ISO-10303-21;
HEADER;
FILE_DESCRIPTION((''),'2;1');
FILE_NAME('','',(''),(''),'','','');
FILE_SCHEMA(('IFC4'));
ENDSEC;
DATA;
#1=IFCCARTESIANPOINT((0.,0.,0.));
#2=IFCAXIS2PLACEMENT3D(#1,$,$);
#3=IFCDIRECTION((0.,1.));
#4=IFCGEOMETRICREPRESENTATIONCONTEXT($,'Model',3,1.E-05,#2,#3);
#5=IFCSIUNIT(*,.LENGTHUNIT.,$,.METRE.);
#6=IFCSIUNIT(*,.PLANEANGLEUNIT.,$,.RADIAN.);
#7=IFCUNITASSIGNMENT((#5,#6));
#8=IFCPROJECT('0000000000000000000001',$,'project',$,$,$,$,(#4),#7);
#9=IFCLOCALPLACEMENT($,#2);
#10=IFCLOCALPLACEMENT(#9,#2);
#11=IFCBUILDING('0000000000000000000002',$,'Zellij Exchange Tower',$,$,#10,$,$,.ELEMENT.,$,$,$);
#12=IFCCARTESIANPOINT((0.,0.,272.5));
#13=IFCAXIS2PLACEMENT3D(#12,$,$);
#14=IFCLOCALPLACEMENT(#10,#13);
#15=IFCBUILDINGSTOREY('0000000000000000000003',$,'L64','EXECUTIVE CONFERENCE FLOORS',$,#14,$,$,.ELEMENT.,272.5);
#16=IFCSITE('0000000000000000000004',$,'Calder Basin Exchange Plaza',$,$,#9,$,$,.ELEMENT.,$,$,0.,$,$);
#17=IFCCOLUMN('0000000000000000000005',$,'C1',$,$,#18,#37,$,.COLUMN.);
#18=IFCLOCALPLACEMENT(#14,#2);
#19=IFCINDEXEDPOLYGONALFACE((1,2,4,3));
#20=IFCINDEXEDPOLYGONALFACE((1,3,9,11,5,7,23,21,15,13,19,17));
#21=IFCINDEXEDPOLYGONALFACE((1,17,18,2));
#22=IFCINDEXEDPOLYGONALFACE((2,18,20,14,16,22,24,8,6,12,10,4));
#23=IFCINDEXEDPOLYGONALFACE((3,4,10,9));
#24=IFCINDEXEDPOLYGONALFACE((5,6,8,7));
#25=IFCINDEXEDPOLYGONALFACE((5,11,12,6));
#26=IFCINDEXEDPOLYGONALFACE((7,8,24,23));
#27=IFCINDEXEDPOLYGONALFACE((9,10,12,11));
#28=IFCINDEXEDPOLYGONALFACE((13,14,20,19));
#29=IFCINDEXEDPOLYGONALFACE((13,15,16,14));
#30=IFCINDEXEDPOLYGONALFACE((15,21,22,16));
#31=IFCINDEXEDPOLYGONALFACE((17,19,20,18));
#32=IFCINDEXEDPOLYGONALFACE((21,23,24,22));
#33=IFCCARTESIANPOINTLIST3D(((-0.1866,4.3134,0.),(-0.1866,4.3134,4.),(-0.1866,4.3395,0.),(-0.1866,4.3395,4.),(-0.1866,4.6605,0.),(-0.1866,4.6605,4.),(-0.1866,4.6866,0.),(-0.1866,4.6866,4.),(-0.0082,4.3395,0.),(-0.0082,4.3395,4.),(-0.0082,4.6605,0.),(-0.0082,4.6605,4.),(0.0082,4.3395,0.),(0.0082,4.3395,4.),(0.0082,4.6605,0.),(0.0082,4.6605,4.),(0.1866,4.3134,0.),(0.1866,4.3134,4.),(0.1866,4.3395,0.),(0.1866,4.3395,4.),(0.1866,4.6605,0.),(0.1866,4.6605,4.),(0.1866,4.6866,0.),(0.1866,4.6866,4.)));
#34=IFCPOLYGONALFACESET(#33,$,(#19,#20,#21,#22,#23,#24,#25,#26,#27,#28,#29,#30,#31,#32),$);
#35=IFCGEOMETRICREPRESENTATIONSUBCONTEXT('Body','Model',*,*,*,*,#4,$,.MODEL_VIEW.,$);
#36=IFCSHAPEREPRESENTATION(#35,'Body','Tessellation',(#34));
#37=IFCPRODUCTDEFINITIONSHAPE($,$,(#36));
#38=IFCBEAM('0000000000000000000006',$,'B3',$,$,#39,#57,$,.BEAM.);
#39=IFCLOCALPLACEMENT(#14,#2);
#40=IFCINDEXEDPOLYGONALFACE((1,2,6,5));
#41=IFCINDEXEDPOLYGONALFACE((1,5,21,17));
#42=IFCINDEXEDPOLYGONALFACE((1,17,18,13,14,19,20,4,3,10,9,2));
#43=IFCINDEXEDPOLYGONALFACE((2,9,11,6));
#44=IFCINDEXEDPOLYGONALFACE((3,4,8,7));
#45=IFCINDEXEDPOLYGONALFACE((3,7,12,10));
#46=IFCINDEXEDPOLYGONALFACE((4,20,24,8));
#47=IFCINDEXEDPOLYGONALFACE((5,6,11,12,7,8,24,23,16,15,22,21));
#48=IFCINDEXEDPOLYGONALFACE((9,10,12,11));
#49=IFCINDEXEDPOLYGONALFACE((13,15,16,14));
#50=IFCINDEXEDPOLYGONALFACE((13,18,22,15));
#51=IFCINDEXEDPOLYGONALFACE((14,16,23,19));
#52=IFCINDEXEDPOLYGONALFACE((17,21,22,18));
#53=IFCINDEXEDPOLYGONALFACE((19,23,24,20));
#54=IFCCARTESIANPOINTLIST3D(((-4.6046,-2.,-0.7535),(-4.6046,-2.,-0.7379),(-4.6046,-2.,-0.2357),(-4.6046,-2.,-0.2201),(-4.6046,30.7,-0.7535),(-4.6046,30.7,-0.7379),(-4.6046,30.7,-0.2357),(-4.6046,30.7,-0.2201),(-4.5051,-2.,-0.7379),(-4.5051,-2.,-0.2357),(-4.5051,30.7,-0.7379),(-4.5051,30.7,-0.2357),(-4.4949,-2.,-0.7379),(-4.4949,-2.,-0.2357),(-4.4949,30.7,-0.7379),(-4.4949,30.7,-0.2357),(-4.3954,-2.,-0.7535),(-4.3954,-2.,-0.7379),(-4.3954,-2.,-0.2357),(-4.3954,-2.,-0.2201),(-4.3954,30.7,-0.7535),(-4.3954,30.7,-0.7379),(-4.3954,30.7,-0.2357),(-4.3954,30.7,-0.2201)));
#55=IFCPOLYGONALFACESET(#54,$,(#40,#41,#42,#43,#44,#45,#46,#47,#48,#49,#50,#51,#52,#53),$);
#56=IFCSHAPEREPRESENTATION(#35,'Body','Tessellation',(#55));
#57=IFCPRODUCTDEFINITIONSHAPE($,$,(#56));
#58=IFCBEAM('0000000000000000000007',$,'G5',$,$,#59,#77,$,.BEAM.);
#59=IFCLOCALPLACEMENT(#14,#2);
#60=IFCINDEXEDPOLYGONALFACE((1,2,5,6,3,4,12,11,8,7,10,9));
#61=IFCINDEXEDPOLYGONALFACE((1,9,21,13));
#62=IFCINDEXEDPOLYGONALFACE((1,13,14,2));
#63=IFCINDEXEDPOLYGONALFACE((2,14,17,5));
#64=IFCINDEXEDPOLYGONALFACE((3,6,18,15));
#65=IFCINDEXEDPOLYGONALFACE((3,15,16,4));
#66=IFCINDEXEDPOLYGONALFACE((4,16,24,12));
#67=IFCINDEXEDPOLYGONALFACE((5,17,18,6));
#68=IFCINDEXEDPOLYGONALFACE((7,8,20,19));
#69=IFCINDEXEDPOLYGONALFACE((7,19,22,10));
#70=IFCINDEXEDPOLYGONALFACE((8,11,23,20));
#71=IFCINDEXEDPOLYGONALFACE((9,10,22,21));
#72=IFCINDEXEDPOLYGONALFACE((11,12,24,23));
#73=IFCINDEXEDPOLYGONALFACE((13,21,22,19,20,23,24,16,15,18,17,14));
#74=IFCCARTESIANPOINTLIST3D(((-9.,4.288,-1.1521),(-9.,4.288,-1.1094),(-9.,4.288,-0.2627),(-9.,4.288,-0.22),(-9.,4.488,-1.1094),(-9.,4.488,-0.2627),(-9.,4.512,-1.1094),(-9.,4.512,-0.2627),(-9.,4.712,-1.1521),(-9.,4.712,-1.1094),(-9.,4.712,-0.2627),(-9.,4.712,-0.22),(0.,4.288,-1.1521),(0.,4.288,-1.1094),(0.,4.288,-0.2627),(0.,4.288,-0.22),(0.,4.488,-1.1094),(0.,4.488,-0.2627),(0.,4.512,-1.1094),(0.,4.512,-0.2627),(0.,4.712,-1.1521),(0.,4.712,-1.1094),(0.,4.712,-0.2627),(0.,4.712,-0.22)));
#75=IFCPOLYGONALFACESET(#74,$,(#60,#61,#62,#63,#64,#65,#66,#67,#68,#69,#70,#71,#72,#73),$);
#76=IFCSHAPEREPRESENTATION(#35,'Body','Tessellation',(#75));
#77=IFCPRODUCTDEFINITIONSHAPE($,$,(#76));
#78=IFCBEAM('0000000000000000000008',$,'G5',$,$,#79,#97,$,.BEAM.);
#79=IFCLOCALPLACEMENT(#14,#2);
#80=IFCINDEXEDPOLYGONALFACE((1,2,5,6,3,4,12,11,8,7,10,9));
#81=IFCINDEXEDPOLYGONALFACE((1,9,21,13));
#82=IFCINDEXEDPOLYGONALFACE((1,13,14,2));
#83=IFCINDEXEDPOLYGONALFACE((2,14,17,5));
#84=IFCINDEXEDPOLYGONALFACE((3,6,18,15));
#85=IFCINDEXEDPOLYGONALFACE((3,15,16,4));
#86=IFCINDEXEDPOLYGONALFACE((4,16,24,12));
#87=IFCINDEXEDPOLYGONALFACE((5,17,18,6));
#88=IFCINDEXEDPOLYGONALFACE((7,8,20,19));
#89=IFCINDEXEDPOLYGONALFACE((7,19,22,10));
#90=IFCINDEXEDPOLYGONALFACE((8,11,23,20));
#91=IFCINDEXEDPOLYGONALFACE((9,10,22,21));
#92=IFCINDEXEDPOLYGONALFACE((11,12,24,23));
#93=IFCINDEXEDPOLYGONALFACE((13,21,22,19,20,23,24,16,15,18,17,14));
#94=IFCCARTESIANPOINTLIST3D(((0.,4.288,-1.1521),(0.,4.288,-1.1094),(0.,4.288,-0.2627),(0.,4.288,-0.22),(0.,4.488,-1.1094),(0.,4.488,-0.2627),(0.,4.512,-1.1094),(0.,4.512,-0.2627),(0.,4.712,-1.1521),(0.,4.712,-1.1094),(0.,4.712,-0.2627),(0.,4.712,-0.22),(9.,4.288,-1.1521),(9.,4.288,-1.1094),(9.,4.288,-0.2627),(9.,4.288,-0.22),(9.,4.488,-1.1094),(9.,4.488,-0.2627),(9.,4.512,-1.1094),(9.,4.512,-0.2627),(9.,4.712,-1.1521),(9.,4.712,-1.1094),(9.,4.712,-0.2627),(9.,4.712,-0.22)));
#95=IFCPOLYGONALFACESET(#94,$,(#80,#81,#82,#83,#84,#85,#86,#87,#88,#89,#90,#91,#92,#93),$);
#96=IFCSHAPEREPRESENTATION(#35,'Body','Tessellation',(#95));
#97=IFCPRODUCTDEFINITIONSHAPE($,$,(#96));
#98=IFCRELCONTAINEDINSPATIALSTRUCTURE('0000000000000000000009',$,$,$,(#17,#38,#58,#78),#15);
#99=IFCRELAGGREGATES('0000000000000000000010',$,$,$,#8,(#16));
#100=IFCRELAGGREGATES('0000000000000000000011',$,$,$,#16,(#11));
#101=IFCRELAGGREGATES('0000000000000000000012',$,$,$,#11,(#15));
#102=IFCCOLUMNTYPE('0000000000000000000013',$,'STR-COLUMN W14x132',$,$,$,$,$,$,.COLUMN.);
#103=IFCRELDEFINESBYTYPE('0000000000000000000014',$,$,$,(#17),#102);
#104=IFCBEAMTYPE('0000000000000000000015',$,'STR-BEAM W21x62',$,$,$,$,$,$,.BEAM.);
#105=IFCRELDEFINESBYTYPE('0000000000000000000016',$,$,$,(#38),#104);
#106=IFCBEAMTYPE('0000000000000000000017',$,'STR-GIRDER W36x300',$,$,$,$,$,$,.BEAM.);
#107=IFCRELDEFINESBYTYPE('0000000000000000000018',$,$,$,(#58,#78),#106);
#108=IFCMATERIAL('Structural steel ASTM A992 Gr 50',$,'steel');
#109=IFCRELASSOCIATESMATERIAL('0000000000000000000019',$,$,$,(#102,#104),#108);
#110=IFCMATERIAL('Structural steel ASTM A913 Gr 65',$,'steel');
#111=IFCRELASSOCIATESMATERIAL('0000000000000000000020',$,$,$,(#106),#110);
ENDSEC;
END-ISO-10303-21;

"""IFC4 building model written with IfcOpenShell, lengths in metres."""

from ifc_helpers import new_model, si_unit, direction, frame, origin, origin_2d, place, context, subcontext, project, spatial, i_section, extrude, material, material_profile, profile_set, type_object, element, save


model = new_model("IFC4")

# Units and contexts
model_context = context("Model", 3, precision=1e-05, world=origin(), true_north=direction((0.0, 1.0)))
body_context = subcontext(model_context, "Body", "Model", "MODEL_VIEW")
ifc_project = project(units=[si_unit("LENGTHUNIT", "METRE"), si_unit("PLANEANGLEUNIT", "RADIAN")], contexts=[model_context])

# Site, building, storey
site_placement = place(None, origin())
site = spatial("IfcSite", under=ifc_project, at=site_placement, Name="Calder Basin Exchange Plaza", CompositionType="ELEMENT", RefElevation=0.0)
building_placement = place(site_placement, origin())
building = spatial("IfcBuilding", under=site, at=building_placement, Name="Zellij Exchange Tower", CompositionType="ELEMENT")
storey_placement = place(building_placement, frame((0.0, 0.0, 272.5)))
storey = spatial("IfcBuildingStorey", under=building, at=storey_placement, Name="L64", Description="EXECUTIVE CONFERENCE FLOORS", CompositionType="ELEMENT", Elevation=272.5)

# Column
ifc_material_1 = material(Name="Structural steel ASTM A992 Gr 50", Category="steel")
ifc_material_profile_1 = material_profile(ifc_material_1, i_section(OverallWidth=0.3733, OverallDepth=0.3733, WebThickness=0.0164, FlangeThickness=0.0261, at=origin_2d()), Name="W14x132")
ifc_profile_set_1 = profile_set([ifc_material_profile_1], Name="Structural steel ASTM A992 Gr 50")
column_type = type_object("IfcColumnType", Name="STR-COLUMN W14x132", PredefinedType="COLUMN", material=ifc_profile_set_1)
column_placement = place(storey_placement, frame((0.0, 4.5, 0.0), z_axis=(0.0, 0.0, 1.0), x_axis=(1.0, 0.0, 0.0)))
element("IfcColumn", 1, at=column_placement, inside=storey, type_object=column_type, Name="C1", PredefinedType="COLUMN", context=body_context, shape_type="SweptSolid", body=[
    extrude(i_section(OverallWidth=0.3733, OverallDepth=0.3733, WebThickness=0.0164, FlangeThickness=0.0261, at=origin_2d()), origin(), (0.0, 0.0, 1.0), 4.0),
])

# Beams
ifc_material_profile_2 = material_profile(ifc_material_1, i_section(OverallWidth=0.2092, OverallDepth=0.5334, WebThickness=0.0103, FlangeThickness=0.0156, at=origin_2d()), Name="W21x62")
ifc_profile_set_2 = profile_set([ifc_material_profile_2], Name="Structural steel ASTM A992 Gr 50")
beam_type_1 = type_object("IfcBeamType", Name="STR-BEAM W21x62", PredefinedType="BEAM", material=ifc_profile_set_2)
beam_placement = place(storey_placement, frame((-4.5, -2.0, -0.4868), z_axis=(0.0, 1.0, 0.0), x_axis=(-1.0, 0.0, 0.0)))
element("IfcBeam", 2, at=beam_placement, inside=storey, type_object=beam_type_1, Name="B3", PredefinedType="BEAM", context=body_context, shape_type="SweptSolid", body=[
    extrude(i_section(OverallWidth=0.2092, OverallDepth=0.5334, WebThickness=0.0103, FlangeThickness=0.0156, at=origin_2d()), origin(), (0.0, 0.0, 1.0), 32.7),
])
ifc_material_2 = material(Name="Structural steel ASTM A913 Gr 65", Category="steel")
ifc_material_profile_3 = material_profile(ifc_material_2, i_section(OverallWidth=0.4241, OverallDepth=0.9321, WebThickness=0.0239, FlangeThickness=0.0427, at=origin_2d()), Name="W36x300")
ifc_profile_set_3 = profile_set([ifc_material_profile_3], Name="Structural steel ASTM A913 Gr 65")
beam_type_2 = type_object("IfcBeamType", Name="STR-GIRDER W36x300", PredefinedType="BEAM", material=ifc_profile_set_3)
for number, where, z_axis, x_axis, name in (
    (3, (-9.0, 4.5, -0.686), (1.0, 0.0, 0.0), (0.0, 1.0, 0.0), "G5"),
    (4, (0.0, 4.5, -0.686), (1.0, 0.0, 0.0), (0.0, 1.0, 0.0), "G5"),
):
    element("IfcBeam", number, at=place(storey_placement, frame(where, z_axis=z_axis, x_axis=x_axis)), inside=storey, type_object=beam_type_2, Name=name, PredefinedType="BEAM", context=body_context, shape_type="SweptSolid", body=[
        extrude(i_section(OverallWidth=0.4241, OverallDepth=0.9321, WebThickness=0.0239, FlangeThickness=0.0427, at=origin_2d()), origin(), (0.0, 0.0, 1.0), 9.0),
    ])

save(model, "model.ifc")
